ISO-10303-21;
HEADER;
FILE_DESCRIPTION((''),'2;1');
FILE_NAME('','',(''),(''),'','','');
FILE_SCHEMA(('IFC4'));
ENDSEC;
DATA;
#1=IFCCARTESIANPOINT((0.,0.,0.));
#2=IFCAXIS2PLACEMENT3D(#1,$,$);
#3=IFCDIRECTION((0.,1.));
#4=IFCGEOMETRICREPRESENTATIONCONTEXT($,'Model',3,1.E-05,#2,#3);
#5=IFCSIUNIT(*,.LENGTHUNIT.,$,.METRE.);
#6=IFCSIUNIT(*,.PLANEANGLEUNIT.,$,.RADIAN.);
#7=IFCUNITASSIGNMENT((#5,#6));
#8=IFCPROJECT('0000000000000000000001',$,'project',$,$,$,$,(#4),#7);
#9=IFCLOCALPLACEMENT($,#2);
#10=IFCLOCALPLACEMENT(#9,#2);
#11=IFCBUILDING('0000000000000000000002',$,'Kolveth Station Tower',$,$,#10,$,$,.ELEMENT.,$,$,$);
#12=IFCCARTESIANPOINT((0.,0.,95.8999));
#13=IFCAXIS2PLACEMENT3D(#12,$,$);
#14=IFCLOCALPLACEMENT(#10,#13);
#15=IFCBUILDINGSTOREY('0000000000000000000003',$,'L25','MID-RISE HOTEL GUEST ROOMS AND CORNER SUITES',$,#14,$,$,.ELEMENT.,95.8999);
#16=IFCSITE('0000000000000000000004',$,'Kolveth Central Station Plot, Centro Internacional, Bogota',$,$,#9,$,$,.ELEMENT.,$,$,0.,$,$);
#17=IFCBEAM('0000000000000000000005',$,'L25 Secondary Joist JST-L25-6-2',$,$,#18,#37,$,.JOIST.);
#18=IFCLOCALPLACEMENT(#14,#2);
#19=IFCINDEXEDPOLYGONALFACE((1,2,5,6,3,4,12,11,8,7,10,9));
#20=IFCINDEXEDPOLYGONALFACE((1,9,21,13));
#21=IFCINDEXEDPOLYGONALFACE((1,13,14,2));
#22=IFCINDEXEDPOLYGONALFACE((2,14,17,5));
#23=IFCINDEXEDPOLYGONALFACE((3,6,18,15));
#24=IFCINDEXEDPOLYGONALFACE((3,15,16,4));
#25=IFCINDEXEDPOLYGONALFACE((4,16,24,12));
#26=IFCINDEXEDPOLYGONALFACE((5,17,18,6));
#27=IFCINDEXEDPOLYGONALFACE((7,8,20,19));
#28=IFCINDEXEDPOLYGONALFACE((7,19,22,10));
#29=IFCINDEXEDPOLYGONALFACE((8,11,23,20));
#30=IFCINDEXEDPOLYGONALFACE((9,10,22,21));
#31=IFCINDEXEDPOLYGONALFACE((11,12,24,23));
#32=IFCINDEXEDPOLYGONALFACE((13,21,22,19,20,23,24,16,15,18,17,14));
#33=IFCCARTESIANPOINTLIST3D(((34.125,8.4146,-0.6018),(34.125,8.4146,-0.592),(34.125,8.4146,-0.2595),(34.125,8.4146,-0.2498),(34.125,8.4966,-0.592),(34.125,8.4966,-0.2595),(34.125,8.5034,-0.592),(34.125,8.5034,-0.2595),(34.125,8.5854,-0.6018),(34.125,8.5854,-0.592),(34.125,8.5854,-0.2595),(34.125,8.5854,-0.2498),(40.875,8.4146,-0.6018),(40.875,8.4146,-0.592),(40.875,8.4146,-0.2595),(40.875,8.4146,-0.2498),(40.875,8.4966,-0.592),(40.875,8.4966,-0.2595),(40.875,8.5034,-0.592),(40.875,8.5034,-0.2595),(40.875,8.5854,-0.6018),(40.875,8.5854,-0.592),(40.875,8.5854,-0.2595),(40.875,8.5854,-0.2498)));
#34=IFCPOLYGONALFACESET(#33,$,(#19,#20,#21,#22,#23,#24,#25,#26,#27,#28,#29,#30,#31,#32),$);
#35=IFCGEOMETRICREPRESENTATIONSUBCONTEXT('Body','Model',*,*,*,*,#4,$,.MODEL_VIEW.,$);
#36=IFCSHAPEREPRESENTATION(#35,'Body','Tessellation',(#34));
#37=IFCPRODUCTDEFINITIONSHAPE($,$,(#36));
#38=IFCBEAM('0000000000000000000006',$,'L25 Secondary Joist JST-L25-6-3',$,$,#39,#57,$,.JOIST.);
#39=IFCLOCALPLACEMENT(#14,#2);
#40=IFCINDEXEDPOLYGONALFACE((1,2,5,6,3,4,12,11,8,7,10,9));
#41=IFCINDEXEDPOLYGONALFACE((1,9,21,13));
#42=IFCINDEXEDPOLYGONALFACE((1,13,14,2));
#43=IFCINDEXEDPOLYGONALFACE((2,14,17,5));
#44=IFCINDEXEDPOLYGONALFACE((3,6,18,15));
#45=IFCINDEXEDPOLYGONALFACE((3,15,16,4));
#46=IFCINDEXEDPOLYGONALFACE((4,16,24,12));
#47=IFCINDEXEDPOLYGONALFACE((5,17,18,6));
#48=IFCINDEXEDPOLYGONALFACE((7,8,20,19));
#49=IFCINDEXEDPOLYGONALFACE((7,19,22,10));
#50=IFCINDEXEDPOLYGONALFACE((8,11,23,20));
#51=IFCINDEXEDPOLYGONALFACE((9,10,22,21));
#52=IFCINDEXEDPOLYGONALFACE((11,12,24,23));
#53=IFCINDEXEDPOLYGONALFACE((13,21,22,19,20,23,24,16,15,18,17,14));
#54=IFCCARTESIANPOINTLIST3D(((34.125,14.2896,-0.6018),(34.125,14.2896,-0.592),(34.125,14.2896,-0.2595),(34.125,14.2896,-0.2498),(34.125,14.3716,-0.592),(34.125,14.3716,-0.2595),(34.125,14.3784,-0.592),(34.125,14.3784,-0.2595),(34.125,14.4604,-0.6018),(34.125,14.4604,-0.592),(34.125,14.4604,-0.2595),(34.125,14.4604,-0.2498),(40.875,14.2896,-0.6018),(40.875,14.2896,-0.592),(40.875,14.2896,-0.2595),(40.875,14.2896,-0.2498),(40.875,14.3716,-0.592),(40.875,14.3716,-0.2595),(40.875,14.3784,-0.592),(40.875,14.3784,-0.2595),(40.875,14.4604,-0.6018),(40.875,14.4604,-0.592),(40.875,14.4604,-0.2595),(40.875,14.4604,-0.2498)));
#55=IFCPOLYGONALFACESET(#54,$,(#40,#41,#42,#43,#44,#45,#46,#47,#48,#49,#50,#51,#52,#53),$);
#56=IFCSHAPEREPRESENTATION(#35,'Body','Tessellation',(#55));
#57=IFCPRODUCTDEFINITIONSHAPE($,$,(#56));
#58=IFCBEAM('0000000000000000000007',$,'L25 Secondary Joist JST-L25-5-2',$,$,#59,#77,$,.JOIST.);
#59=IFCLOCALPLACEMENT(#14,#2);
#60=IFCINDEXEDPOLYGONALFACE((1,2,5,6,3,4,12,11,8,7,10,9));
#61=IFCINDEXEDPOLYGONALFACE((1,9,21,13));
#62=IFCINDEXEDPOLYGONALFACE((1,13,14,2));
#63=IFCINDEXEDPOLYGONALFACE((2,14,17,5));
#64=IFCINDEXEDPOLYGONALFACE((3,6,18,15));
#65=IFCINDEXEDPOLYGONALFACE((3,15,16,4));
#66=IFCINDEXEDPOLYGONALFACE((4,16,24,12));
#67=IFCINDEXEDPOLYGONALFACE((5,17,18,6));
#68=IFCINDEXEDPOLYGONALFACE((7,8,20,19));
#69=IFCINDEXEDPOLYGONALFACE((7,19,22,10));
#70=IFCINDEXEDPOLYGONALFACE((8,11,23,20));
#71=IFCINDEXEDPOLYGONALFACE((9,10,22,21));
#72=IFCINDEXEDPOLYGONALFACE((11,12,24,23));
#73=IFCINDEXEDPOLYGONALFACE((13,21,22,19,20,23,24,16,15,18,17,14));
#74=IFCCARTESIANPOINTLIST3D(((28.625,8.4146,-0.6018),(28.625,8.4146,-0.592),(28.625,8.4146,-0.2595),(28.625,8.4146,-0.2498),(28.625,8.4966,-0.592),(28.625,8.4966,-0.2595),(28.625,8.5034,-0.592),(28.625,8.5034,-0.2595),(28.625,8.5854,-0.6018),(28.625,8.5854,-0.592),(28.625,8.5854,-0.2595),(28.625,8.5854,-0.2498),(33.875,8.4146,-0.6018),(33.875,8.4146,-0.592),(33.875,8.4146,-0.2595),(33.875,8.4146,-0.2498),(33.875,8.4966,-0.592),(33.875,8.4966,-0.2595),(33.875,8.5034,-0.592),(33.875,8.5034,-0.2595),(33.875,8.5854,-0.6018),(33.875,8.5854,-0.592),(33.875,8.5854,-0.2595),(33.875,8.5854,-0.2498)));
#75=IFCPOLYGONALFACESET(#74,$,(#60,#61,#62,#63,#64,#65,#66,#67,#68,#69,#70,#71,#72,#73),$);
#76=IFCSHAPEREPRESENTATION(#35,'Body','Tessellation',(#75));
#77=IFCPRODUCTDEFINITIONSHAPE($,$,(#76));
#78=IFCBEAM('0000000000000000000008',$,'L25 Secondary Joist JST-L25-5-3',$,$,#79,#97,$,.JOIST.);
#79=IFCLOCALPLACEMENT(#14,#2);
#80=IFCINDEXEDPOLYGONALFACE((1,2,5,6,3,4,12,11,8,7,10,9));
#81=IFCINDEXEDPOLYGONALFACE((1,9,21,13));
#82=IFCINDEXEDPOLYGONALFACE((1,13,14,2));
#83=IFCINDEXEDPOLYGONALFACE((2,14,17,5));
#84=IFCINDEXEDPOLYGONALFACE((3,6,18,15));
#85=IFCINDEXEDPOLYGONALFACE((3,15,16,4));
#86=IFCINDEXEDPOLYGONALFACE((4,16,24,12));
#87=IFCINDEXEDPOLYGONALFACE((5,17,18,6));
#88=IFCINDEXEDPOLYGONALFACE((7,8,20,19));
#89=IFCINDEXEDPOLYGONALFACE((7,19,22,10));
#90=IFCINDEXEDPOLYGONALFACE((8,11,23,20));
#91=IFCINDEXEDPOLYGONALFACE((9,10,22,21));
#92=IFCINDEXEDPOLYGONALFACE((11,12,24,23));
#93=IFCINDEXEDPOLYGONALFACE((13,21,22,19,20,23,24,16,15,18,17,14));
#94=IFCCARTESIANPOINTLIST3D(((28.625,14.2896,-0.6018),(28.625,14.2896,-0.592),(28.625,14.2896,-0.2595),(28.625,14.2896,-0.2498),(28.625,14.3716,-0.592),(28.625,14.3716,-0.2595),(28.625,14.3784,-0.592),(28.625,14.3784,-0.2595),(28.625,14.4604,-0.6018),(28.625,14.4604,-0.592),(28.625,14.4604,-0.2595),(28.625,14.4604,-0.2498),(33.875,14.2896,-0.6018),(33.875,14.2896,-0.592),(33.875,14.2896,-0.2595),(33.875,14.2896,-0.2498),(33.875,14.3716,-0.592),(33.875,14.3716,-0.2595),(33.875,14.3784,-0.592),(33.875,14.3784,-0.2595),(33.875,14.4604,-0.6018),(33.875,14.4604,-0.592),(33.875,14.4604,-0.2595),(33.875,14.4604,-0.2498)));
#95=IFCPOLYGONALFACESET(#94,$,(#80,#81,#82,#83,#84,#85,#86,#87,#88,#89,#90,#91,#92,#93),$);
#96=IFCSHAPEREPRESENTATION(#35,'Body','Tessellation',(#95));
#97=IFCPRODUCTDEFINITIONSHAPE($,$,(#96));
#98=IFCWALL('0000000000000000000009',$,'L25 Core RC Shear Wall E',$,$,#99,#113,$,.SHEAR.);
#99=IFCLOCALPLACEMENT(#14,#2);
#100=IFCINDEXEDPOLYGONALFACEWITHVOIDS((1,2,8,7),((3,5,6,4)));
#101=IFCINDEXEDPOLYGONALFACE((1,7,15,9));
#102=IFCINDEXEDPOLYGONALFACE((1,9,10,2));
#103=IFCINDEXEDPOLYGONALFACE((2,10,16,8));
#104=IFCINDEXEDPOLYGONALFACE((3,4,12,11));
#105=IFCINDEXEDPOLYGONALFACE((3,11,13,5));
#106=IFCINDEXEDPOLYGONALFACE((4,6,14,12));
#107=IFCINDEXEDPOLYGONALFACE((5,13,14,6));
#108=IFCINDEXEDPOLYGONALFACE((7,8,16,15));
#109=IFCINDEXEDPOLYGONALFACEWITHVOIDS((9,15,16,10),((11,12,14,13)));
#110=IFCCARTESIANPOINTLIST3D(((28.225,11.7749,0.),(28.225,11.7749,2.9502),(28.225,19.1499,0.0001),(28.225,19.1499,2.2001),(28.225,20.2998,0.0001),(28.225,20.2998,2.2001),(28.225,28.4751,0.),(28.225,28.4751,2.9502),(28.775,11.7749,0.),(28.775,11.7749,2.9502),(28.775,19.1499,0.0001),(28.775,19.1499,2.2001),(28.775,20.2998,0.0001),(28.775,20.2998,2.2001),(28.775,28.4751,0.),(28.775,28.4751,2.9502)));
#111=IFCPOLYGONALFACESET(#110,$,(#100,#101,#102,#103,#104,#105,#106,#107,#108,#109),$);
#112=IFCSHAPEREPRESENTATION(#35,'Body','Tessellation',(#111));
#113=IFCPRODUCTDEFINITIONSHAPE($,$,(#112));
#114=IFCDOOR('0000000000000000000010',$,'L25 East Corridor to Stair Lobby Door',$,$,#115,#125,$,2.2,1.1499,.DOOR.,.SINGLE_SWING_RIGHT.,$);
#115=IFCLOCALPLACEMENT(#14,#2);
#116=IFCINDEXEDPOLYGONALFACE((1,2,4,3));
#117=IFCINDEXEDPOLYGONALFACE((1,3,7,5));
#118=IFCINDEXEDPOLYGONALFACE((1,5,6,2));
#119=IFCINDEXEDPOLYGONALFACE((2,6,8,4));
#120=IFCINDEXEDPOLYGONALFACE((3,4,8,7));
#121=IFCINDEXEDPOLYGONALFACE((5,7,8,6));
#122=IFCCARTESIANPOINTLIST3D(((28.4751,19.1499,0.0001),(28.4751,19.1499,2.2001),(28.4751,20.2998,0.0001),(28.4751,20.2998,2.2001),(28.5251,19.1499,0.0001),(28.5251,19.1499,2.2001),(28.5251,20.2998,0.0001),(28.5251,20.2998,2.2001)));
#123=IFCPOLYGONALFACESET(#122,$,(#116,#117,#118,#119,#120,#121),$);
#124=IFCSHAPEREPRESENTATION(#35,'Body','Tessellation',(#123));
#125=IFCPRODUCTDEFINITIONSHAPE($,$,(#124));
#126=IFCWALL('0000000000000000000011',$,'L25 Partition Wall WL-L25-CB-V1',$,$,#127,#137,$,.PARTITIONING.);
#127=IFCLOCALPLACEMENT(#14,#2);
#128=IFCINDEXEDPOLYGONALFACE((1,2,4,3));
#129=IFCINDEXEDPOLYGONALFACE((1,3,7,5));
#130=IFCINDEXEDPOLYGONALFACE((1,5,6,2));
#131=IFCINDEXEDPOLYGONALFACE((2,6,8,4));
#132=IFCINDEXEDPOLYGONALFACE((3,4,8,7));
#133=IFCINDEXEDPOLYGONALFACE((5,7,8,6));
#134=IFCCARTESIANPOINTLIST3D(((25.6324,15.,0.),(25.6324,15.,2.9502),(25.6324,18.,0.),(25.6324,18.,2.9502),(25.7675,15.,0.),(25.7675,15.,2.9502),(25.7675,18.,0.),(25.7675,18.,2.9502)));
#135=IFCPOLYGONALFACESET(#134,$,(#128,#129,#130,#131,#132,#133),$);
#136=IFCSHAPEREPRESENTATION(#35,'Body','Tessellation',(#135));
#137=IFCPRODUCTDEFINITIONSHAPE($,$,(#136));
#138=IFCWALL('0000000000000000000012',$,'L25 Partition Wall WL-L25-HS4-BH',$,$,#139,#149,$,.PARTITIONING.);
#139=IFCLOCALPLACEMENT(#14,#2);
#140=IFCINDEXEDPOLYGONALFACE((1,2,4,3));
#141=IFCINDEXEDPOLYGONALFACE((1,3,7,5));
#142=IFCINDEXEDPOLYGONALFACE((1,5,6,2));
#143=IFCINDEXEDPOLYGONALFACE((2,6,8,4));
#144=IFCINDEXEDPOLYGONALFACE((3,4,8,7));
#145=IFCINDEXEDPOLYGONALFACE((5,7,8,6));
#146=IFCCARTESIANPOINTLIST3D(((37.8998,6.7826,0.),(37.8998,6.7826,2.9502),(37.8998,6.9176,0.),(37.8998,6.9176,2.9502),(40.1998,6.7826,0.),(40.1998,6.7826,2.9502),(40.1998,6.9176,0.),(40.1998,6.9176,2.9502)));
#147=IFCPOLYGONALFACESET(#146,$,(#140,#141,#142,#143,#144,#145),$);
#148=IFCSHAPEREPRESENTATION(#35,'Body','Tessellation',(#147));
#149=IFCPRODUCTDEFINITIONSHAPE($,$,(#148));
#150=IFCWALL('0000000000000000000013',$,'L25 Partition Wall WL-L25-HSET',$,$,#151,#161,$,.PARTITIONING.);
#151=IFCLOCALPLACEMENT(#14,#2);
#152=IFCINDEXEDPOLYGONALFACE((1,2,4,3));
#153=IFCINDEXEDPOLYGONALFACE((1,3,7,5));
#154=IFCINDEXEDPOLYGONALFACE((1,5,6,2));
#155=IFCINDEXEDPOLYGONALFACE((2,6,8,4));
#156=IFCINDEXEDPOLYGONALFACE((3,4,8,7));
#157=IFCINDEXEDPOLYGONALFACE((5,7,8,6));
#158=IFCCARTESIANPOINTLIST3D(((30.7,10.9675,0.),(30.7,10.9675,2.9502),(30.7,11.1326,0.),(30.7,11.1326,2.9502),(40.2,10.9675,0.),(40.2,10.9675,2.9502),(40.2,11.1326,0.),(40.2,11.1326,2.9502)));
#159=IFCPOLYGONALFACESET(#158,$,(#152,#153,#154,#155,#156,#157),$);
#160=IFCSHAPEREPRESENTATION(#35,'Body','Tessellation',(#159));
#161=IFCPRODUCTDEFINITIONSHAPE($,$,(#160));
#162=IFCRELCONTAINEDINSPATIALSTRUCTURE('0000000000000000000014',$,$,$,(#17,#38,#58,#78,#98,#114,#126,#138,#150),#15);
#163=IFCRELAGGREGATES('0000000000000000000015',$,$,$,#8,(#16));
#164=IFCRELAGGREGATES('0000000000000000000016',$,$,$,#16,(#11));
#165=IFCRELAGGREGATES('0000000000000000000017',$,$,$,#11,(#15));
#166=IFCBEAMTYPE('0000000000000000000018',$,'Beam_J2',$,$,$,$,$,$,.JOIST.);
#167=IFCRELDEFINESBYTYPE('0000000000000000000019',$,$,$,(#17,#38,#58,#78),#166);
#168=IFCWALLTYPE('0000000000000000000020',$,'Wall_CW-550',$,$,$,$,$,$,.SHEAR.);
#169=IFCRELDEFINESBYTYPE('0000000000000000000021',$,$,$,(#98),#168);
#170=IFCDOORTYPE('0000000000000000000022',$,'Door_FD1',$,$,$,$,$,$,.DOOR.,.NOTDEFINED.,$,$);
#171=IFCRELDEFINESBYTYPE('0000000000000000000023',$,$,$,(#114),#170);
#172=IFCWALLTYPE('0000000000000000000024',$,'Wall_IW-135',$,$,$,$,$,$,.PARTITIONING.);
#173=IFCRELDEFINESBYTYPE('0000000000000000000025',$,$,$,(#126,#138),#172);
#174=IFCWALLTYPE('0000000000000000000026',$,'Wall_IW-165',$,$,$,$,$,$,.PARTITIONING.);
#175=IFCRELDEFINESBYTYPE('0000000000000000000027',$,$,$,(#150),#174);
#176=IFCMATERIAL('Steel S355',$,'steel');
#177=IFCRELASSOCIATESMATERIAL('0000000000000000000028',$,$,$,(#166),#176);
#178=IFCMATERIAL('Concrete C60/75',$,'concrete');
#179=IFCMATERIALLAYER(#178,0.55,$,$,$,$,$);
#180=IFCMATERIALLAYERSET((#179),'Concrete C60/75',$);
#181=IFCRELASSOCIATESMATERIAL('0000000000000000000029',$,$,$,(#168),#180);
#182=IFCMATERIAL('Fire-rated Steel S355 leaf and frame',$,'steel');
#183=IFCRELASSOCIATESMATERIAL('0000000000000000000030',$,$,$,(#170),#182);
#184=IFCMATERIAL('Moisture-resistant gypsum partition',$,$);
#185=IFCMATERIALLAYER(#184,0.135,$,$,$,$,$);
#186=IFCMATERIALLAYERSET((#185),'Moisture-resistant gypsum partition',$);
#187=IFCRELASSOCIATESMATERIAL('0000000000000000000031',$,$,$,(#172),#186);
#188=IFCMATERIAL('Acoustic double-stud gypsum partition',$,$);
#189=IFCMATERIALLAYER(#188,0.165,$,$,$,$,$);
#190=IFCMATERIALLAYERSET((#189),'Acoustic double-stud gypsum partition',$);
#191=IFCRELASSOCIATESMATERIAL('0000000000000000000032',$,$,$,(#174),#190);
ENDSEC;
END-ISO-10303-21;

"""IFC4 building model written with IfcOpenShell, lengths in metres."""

from ifc_helpers import new_model, si_unit, direction, frame, frame_2d, origin, origin_2d, place, context, subcontext, project, spatial, rectangle, i_section, extrude, source, transform, mapped, material, layer, layer_set, material_profile, profile_set, type_object, element, fill, save


model = new_model("IFC4")

# Units and contexts
model_context = context("Model", 3, precision=1e-05, world=origin(), true_north=direction((0.0, 1.0)))
body_context = subcontext(model_context, "Body", "Model", "MODEL_VIEW")
ifc_project = project(units=[si_unit("LENGTHUNIT", "METRE"), si_unit("PLANEANGLEUNIT", "RADIAN")], contexts=[model_context])

# Site, building, storey
site_placement = place(None, origin())
site = spatial("IfcSite", under=ifc_project, at=site_placement, Name="Kolveth Central Station Plot, Centro Internacional, Bogota", CompositionType="ELEMENT", RefElevation=0.0)
building_placement = place(site_placement, origin())
building = spatial("IfcBuilding", under=site, at=building_placement, Name="Kolveth Station Tower", CompositionType="ELEMENT")
storey_placement = place(building_placement, frame((0.0, 0.0, 95.8999)))
storey = spatial("IfcBuildingStorey", under=building, at=storey_placement, Name="L25", Description="MID-RISE HOTEL GUEST ROOMS AND CORNER SUITES", CompositionType="ELEMENT", Elevation=95.8999)

# Shared definitions
ifc_material_1 = material(Name="Steel S355", Category="steel")

# Beams
ifc_material_profile_1 = material_profile(ifc_material_1, i_section(OverallWidth=0.1709, OverallDepth=0.3521, WebThickness=0.0068, FlangeThickness=0.0098, at=origin_2d()), Name="W360x44")
ifc_profile_set_1 = profile_set([ifc_material_profile_1], Name="Steel S355")
beam_type_1 = type_object("IfcBeamType", Name="Beam_J2", PredefinedType="JOIST", material=ifc_profile_set_1)
shared_shape_1 = source(origin(), body_context, "Body", "SweptSolid", [
    extrude(i_section(OverallWidth=0.1709, OverallDepth=0.3521, WebThickness=0.0068, FlangeThickness=0.0098, at=origin_2d()), origin(), (0.0, 0.0, 1.0), 6.75),
])
for number, where, z_axis, x_axis, name in (
    (1, (34.125, 8.5, -0.4258), (1.0, 0.0, 0.0), (0.0, 1.0, 0.0), "L25 Secondary Joist JST-L25-6-2"),
    (2, (34.125, 14.375, -0.4258), (1.0, 0.0, 0.0), (0.0, 1.0, 0.0), "L25 Secondary Joist JST-L25-6-3"),
):
    element("IfcBeam", number, at=place(storey_placement, frame(where, z_axis=z_axis, x_axis=x_axis)), inside=storey, type_object=beam_type_1, Name=name, PredefinedType="JOIST", context=body_context, shape_type="MappedRepresentation", body=[
        mapped(shared_shape_1, transform((0.0, 0.0, 0.0), x_axis=(1.0, 0.0, 0.0), y_axis=(0.0, 1.0, 0.0), z_axis=(0.0, 0.0, 1.0), scale=1.0)),
    ])
shared_shape_2 = source(origin(), body_context, "Body", "SweptSolid", [
    extrude(i_section(OverallWidth=0.1709, OverallDepth=0.3521, WebThickness=0.0068, FlangeThickness=0.0098, at=origin_2d()), origin(), (0.0, 0.0, 1.0), 5.25),
])
for number, where, z_axis, x_axis, name in (
    (3, (28.625, 8.5, -0.4258), (1.0, 0.0, 0.0), (0.0, 1.0, 0.0), "L25 Secondary Joist JST-L25-5-2"),
    (4, (28.625, 14.375, -0.4258), (1.0, 0.0, 0.0), (0.0, 1.0, 0.0), "L25 Secondary Joist JST-L25-5-3"),
):
    element("IfcBeam", number, at=place(storey_placement, frame(where, z_axis=z_axis, x_axis=x_axis)), inside=storey, type_object=beam_type_1, Name=name, PredefinedType="JOIST", context=body_context, shape_type="MappedRepresentation", body=[
        mapped(shared_shape_2, transform((0.0, 0.0, 0.0), x_axis=(1.0, 0.0, 0.0), y_axis=(0.0, 1.0, 0.0), z_axis=(0.0, 0.0, 1.0), scale=1.0)),
    ])

# Wall, opening, door
ifc_material_2 = material(Name="Concrete C60/75", Category="concrete")
ifc_layer_1 = layer(ifc_material_2, 0.55)
ifc_layer_set_1 = layer_set([ifc_layer_1], Name="Concrete C60/75")
wall_type_1 = type_object("IfcWallType", Name="Wall_CW-550", PredefinedType="SHEAR", material=ifc_layer_set_1)
wall_1_placement = place(storey_placement, frame((28.5, 11.7749, 0.0), z_axis=(0.0, 0.0, 1.0), x_axis=(0.0, 1.0, 0.0)))
wall_1 = element("IfcWall", 5, at=wall_1_placement, inside=storey, type_object=wall_type_1, Name="L25 Core RC Shear Wall E", PredefinedType="SHEAR", context=body_context, shape_type="SweptSolid", body=[
    extrude(rectangle(XDim=16.7002, YDim=0.55, at=frame_2d((8.3501, 0.0))), origin(), (0.0, 0.0, 1.0), 2.9502),
])
opening_1_placement = place(wall_1_placement, frame((7.375, 0.0, 0.0)))
opening_1 = element("IfcOpeningElement", 6, at=opening_1_placement, cuts=wall_1, PredefinedType="OPENING", context=body_context, shape_type="SweptSolid", body=[
    extrude(rectangle(XDim=1.1499, YDim=2.2, at=frame_2d((0.575, 1.1001))), frame((0.0, 0.2849, 0.0), z_axis=(0.0, -1.0, 0.0), x_axis=(1.0, 0.0, 0.0)), (0.0, 0.0, 1.0), 0.5701),
])
ifc_material_3 = material(Name="Fire-rated Steel S355 leaf and frame", Category="steel")
door_type_1 = type_object("IfcDoorType", Name="Door_FD1", OperationType="NOTDEFINED", PredefinedType="DOOR", material=ifc_material_3)
door_1_placement = place(opening_1_placement, origin())
door_1 = element("IfcDoor", 7, at=door_1_placement, inside=storey, type_object=door_type_1, Name="L25 East Corridor to Stair Lobby Door", OperationType="SINGLE_SWING_RIGHT", OverallHeight=2.2, OverallWidth=1.1499, PredefinedType="DOOR", context=body_context, shape_type="SweptSolid", body=[
    extrude(rectangle(XDim=1.1499, YDim=2.2, at=frame_2d((0.575, 1.1001))), frame((0.0, 0.0249, 0.0), z_axis=(0.0, -1.0, 0.0), x_axis=(1.0, 0.0, 0.0)), (0.0, 0.0, 1.0), 0.05),
])
fill(opening_1, door_1)

# Walls
ifc_material_4 = material(Name="Moisture-resistant gypsum partition")
ifc_layer_2 = layer(ifc_material_4, 0.135)
ifc_layer_set_2 = layer_set([ifc_layer_2], Name="Moisture-resistant gypsum partition")
wall_type_2 = type_object("IfcWallType", Name="Wall_IW-135", PredefinedType="PARTITIONING", material=ifc_layer_set_2)
wall_2_placement = place(storey_placement, frame((25.7, 15.0, 0.0), z_axis=(0.0, 0.0, 1.0), x_axis=(0.0, 1.0, 0.0)))
element("IfcWall", 8, at=wall_2_placement, inside=storey, type_object=wall_type_2, Name="L25 Partition Wall WL-L25-CB-V1", PredefinedType="PARTITIONING", context=body_context, shape_type="SweptSolid", body=[
    extrude(rectangle(XDim=3.0, YDim=0.135, at=frame_2d((1.5, 0.0))), origin(), (0.0, 0.0, 1.0), 2.9502),
])
wall_3_placement = place(storey_placement, frame((37.8999, 6.8501, 0.0), z_axis=(0.0, 0.0, 1.0), x_axis=(1.0, 0.0, 0.0)))
element("IfcWall", 9, at=wall_3_placement, inside=storey, type_object=wall_type_2, Name="L25 Partition Wall WL-L25-HS4-BH", PredefinedType="PARTITIONING", context=body_context, shape_type="SweptSolid", body=[
    extrude(rectangle(XDim=2.3, YDim=0.135, at=frame_2d((1.1499, 0.0))), origin(), (0.0, 0.0, 1.0), 2.9502),
])
ifc_material_5 = material(Name="Acoustic double-stud gypsum partition")
ifc_layer_3 = layer(ifc_material_5, 0.165)
ifc_layer_set_3 = layer_set([ifc_layer_3], Name="Acoustic double-stud gypsum partition")
wall_type_3 = type_object("IfcWallType", Name="Wall_IW-165", PredefinedType="PARTITIONING", material=ifc_layer_set_3)
wall_4_placement = place(storey_placement, frame((30.7, 11.05, 0.0), z_axis=(0.0, 0.0, 1.0), x_axis=(1.0, 0.0, 0.0)))
element("IfcWall", 10, at=wall_4_placement, inside=storey, type_object=wall_type_3, Name="L25 Partition Wall WL-L25-HSET", PredefinedType="PARTITIONING", context=body_context, shape_type="SweptSolid", body=[
    extrude(rectangle(XDim=9.5, YDim=0.165, at=frame_2d((4.75, 0.0))), origin(), (0.0, 0.0, 1.0), 2.9502),
])

save(model, "model.ifc")
